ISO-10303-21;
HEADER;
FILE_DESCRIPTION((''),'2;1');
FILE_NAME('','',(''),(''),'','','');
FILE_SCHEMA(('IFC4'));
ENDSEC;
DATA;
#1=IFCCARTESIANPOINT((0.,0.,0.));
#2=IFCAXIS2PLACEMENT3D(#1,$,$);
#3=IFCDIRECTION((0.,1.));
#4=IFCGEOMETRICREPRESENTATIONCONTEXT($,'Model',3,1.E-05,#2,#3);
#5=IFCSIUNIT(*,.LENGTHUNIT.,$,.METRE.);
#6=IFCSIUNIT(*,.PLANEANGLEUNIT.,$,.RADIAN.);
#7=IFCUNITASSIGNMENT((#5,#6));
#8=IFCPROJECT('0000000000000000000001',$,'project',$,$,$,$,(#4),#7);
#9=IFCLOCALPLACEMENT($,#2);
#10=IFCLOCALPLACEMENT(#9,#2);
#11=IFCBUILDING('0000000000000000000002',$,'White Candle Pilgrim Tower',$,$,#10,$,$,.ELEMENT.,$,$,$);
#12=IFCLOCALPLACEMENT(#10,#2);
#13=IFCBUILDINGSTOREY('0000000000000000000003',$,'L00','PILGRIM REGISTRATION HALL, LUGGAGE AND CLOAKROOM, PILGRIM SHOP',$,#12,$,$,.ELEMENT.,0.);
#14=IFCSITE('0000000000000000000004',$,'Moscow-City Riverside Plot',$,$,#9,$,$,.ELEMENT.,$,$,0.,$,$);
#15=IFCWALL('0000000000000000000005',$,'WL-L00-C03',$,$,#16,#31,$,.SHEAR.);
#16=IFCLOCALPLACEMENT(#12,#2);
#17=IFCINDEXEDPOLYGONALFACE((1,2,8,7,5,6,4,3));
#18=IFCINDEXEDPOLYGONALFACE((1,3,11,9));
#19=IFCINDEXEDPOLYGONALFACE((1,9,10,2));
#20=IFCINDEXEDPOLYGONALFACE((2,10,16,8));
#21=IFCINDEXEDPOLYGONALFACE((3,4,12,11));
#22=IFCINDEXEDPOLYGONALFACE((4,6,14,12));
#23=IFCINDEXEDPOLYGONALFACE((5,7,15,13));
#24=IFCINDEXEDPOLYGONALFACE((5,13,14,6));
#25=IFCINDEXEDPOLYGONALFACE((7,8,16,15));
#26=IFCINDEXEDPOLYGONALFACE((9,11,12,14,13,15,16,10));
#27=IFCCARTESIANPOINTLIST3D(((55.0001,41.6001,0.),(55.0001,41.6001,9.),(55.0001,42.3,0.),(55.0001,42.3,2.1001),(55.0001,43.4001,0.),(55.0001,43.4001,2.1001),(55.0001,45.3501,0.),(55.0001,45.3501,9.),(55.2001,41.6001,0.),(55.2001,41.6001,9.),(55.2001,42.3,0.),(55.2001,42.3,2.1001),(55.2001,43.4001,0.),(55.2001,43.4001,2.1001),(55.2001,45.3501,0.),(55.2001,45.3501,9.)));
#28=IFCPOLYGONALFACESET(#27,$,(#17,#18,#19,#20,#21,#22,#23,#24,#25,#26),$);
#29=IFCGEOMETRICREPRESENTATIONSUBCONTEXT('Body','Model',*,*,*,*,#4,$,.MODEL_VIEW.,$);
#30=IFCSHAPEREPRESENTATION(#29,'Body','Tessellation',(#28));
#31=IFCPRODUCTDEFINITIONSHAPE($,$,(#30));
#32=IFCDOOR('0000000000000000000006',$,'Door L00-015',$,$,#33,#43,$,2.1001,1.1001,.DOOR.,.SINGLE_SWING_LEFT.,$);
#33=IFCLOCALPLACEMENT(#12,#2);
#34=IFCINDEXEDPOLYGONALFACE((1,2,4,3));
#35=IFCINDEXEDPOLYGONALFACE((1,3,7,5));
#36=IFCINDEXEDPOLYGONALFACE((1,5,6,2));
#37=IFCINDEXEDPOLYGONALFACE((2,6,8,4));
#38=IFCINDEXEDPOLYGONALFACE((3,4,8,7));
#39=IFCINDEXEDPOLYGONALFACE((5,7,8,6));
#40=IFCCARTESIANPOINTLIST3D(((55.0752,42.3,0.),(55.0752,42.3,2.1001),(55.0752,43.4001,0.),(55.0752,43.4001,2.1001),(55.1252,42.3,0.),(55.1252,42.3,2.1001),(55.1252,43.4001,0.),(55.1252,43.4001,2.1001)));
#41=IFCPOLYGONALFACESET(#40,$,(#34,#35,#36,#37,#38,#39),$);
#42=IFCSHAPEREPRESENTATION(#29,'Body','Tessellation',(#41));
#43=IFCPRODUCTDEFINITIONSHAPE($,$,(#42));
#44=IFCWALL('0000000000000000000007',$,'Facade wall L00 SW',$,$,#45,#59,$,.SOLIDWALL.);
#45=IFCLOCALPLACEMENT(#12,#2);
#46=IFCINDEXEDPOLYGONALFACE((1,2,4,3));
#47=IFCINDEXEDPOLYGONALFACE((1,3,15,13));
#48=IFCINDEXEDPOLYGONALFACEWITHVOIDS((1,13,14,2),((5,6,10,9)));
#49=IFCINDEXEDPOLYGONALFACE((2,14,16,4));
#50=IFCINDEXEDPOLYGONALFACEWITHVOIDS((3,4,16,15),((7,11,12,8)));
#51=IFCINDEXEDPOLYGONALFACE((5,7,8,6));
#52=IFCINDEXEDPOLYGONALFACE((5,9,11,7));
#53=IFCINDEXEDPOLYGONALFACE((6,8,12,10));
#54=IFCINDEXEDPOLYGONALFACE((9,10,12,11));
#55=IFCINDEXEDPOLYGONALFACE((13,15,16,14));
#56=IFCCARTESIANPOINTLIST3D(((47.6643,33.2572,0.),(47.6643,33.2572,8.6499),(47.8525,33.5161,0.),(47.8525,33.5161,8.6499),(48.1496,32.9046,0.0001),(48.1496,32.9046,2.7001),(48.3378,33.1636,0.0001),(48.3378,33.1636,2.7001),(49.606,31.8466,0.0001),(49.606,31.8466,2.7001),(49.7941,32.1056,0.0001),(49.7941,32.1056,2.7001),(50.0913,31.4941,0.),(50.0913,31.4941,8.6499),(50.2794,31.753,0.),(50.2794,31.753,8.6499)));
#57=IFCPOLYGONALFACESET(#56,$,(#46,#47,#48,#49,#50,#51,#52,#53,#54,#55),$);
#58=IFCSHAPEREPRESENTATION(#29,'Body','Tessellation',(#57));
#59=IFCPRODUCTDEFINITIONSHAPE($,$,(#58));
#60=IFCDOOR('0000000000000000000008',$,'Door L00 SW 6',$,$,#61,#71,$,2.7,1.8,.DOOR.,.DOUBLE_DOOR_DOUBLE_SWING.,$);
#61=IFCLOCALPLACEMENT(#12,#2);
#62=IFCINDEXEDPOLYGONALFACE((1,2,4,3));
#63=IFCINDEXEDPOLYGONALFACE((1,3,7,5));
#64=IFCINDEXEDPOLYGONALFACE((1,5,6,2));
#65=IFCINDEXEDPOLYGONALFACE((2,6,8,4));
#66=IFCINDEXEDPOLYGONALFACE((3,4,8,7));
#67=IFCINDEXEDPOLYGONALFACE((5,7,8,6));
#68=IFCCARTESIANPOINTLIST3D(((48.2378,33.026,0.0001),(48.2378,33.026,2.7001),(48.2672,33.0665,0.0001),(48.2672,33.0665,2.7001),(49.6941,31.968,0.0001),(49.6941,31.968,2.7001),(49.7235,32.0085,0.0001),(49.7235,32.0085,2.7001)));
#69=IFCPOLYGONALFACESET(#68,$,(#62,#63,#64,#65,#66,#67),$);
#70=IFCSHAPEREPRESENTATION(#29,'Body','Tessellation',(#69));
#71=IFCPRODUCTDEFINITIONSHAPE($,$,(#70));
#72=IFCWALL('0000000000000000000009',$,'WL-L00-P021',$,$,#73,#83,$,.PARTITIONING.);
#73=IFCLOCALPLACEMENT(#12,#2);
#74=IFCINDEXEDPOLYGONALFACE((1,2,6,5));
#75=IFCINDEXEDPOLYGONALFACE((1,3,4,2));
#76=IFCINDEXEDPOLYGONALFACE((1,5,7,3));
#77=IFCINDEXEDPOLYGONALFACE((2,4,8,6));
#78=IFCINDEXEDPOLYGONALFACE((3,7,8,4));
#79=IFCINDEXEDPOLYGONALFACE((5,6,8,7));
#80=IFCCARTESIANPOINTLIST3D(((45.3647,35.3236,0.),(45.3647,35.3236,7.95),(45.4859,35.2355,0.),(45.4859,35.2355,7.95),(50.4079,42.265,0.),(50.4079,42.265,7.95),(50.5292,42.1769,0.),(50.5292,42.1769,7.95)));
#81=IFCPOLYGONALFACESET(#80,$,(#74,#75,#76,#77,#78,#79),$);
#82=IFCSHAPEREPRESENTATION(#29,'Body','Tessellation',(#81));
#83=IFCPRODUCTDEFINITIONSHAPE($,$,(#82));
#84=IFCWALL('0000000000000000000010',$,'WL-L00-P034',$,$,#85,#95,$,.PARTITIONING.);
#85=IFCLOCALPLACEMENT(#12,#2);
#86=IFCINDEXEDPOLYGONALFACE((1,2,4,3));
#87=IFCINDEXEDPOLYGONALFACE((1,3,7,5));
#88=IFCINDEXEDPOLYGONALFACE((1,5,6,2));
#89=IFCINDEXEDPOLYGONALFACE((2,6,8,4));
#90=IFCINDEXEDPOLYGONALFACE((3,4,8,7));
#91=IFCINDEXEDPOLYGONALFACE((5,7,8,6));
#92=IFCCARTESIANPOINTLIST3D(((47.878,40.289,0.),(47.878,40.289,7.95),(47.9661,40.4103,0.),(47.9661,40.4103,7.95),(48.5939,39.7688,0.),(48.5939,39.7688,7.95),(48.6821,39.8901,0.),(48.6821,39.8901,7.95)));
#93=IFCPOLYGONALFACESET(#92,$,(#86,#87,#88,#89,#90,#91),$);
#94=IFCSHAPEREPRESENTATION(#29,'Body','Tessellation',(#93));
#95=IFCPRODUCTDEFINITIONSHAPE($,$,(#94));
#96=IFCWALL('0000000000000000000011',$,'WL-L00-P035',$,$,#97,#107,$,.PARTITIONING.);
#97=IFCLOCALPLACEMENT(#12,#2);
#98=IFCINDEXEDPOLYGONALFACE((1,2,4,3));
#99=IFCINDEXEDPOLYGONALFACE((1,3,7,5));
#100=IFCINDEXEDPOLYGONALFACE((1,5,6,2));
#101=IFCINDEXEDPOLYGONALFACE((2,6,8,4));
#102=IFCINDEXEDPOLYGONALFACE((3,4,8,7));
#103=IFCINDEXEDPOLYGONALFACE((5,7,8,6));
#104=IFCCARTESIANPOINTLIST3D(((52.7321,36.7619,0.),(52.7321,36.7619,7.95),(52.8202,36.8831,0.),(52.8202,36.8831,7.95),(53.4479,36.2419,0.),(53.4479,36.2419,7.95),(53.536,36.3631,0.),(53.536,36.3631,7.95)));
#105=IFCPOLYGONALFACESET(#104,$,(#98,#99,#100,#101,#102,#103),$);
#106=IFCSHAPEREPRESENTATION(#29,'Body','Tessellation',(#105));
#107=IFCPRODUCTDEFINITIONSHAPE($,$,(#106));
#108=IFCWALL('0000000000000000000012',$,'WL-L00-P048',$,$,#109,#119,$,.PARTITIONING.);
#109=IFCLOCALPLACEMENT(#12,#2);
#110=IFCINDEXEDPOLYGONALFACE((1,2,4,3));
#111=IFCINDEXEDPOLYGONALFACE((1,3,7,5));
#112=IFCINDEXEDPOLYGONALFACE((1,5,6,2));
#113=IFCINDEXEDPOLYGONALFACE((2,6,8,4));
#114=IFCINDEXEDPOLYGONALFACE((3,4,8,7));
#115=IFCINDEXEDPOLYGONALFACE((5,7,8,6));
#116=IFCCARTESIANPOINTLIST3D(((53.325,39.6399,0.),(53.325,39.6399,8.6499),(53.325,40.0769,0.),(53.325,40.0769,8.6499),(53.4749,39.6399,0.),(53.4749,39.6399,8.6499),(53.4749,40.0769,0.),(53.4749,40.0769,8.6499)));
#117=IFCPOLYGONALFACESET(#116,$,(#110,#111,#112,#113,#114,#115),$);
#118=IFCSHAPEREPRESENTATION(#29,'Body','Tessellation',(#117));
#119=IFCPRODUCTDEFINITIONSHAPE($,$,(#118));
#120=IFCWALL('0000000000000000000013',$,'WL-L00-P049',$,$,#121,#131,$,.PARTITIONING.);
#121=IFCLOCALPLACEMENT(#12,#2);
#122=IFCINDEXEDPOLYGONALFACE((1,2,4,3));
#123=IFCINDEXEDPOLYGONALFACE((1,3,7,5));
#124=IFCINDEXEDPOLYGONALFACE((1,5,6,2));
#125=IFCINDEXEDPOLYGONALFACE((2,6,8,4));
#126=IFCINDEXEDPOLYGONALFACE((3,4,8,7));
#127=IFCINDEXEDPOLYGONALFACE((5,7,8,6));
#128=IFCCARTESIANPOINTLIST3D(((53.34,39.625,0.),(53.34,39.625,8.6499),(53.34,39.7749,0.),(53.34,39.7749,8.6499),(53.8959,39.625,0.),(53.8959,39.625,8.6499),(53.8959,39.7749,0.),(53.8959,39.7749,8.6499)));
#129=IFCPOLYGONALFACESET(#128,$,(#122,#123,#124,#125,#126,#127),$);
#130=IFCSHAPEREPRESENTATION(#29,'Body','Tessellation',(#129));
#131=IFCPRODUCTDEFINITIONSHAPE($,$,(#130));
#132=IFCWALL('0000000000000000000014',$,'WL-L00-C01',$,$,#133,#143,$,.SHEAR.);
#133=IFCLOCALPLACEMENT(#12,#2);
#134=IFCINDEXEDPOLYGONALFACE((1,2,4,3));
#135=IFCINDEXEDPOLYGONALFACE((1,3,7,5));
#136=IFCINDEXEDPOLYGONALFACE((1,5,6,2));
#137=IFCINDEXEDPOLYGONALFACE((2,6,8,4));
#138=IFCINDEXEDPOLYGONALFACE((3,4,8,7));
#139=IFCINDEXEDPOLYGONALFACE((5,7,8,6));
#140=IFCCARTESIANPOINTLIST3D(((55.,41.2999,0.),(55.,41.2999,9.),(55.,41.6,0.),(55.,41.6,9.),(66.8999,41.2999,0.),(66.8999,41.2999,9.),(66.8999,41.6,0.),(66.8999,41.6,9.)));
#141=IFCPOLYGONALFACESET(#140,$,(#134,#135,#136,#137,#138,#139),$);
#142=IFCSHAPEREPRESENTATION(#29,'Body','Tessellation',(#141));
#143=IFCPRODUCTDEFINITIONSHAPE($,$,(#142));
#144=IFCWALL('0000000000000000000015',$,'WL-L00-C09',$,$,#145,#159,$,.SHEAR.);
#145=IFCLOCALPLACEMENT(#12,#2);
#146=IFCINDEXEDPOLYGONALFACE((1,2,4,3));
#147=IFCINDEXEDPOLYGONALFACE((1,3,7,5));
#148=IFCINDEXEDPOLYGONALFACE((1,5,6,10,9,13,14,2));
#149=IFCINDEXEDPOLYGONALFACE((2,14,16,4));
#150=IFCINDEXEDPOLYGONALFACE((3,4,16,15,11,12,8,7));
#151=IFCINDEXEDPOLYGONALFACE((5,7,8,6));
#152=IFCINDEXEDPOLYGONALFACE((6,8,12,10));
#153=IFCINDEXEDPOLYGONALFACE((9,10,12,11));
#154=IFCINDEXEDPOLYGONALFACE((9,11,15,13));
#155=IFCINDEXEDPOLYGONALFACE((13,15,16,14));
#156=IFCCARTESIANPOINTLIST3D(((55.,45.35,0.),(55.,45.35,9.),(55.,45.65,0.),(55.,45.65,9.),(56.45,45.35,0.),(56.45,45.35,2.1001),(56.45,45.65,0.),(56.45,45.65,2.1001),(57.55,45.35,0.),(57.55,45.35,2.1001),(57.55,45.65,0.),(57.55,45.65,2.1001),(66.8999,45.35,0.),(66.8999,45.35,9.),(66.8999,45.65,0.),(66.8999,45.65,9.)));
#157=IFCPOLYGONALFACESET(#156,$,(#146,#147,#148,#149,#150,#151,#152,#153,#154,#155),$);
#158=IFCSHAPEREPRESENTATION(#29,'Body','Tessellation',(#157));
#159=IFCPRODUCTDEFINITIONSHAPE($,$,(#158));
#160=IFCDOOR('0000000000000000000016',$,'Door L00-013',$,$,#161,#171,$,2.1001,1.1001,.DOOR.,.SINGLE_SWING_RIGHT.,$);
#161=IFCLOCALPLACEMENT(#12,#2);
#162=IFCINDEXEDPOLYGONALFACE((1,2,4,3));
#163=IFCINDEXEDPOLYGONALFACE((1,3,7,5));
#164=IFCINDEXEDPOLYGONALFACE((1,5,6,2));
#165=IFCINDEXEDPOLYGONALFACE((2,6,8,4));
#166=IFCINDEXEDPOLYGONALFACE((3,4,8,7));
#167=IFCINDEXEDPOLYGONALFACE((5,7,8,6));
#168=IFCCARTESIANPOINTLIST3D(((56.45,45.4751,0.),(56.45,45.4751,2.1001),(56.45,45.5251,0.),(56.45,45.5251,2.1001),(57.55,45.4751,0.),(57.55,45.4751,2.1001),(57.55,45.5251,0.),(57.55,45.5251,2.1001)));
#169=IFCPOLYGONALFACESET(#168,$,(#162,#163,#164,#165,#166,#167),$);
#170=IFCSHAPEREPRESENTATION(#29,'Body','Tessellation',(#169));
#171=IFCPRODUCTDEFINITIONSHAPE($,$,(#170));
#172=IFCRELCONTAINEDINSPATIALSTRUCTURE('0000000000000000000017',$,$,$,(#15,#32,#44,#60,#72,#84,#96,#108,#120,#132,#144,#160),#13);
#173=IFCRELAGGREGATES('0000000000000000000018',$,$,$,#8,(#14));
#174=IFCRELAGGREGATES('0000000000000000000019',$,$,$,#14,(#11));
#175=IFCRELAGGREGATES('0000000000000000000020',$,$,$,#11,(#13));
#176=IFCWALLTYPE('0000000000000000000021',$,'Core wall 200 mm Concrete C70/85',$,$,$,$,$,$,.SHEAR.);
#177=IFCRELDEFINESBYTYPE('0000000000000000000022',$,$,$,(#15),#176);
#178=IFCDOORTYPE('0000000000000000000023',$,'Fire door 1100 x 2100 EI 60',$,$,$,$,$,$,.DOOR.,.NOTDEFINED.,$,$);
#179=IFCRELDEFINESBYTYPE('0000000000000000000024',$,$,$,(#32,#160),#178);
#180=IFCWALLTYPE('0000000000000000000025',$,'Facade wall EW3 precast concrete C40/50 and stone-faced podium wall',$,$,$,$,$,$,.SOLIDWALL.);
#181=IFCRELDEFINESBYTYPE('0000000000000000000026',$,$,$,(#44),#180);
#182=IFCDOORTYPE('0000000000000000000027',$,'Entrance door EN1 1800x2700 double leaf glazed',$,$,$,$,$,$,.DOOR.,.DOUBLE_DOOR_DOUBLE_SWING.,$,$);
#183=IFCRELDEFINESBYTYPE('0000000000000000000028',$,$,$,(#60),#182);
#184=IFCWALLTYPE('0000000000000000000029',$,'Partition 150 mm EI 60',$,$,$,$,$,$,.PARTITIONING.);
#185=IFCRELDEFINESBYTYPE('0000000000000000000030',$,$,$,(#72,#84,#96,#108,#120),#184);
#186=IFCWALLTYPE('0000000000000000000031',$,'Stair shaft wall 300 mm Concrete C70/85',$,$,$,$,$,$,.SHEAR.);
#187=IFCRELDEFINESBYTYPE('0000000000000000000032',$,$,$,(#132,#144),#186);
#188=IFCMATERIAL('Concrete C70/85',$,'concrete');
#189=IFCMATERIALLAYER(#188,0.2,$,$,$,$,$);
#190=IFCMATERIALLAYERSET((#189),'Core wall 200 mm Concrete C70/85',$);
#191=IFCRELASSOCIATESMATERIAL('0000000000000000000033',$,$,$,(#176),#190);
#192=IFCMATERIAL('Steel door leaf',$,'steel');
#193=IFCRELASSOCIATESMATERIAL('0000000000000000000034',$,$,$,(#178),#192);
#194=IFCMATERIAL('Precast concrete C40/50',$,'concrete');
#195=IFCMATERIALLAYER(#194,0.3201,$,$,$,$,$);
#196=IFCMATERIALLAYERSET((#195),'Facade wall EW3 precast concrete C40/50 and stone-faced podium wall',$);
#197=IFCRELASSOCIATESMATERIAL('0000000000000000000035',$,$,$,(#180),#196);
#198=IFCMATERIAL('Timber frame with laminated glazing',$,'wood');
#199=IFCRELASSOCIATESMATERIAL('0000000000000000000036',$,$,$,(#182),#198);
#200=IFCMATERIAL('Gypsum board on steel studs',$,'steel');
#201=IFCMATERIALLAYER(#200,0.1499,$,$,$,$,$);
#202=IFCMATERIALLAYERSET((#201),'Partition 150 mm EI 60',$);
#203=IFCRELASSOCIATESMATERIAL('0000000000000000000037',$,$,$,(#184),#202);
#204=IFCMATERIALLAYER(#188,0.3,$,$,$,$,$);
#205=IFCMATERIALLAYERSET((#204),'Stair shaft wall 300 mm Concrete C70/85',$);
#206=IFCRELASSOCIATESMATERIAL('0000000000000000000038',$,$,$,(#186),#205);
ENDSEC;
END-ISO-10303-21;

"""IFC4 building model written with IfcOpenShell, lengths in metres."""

from ifc_helpers import new_model, si_unit, direction, frame, frame_2d, origin, place, context, subcontext, project, spatial, rectangle, extrude, material, layer, layer_set, type_object, element, fill, save


model = new_model("IFC4")

# Units and contexts
model_context = context("Model", 3, precision=1e-05, world=origin(), true_north=direction((0.0, 1.0)))
body_context = subcontext(model_context, "Body", "Model", "MODEL_VIEW")
ifc_project = project(units=[si_unit("LENGTHUNIT", "METRE"), si_unit("PLANEANGLEUNIT", "RADIAN")], contexts=[model_context])

# Site, building, storey
site_placement = place(None, origin())
site = spatial("IfcSite", under=ifc_project, at=site_placement, Name="Moscow-City Riverside Plot", CompositionType="ELEMENT", RefElevation=0.0)
building_placement = place(site_placement, origin())
building = spatial("IfcBuilding", under=site, at=building_placement, Name="White Candle Pilgrim Tower", CompositionType="ELEMENT")
storey_placement = place(building_placement, origin())
storey = spatial("IfcBuildingStorey", under=building, at=storey_placement, Name="L00", Description="PILGRIM REGISTRATION HALL, LUGGAGE AND CLOAKROOM, PILGRIM SHOP", CompositionType="ELEMENT", Elevation=0.0)

# Walls, openings, doors
ifc_material_1 = material(Name="Concrete C70/85", Category="concrete")
ifc_layer_1 = layer(ifc_material_1, 0.2)
ifc_layer_set_1 = layer_set([ifc_layer_1], Name="Core wall 200 mm Concrete C70/85")
wall_type_1 = type_object("IfcWallType", Name="Core wall 200 mm Concrete C70/85", PredefinedType="SHEAR", material=ifc_layer_set_1)
wall_1_placement = place(storey_placement, frame((55.1001, 41.6001, 0.0), z_axis=(0.0, 0.0, 1.0), x_axis=(0.0, 1.0, 0.0)))
wall_1 = element("IfcWall", 1, at=wall_1_placement, inside=storey, type_object=wall_type_1, Name="WL-L00-C03", PredefinedType="SHEAR", context=body_context, shape_type="SweptSolid", body=[
    extrude(rectangle(XDim=3.75, YDim=0.2, at=frame_2d((1.875, 0.0))), origin(), (0.0, 0.0, 1.0), 9.0),
])
opening_1_placement = place(wall_1_placement, frame((0.7, 0.0, 0.0)))
opening_1 = element("IfcOpeningElement", 2, at=opening_1_placement, cuts=wall_1, PredefinedType="OPENING", context=body_context, shape_type="SweptSolid", body=[
    extrude(rectangle(XDim=1.1001, YDim=2.1001, at=frame_2d((0.55, 1.05))), frame((0.0, 0.1099, 0.0), z_axis=(0.0, -1.0, 0.0), x_axis=(1.0, 0.0, 0.0)), (0.0, 0.0, 1.0), 0.22),
])
ifc_material_2 = material(Name="Steel door leaf", Category="steel")
door_type_1 = type_object("IfcDoorType", Name="Fire door 1100 x 2100 EI 60", OperationType="NOTDEFINED", PredefinedType="DOOR", material=ifc_material_2)
door_1_placement = place(opening_1_placement, origin())
door_1 = element("IfcDoor", 3, at=door_1_placement, inside=storey, type_object=door_type_1, Name="Door L00-015", OperationType="SINGLE_SWING_LEFT", OverallHeight=2.1001, OverallWidth=1.1001, PredefinedType="DOOR", context=body_context, shape_type="SweptSolid", body=[
    extrude(rectangle(XDim=1.1001, YDim=2.1001, at=frame_2d((0.55, 1.05))), frame((0.0, 0.0249, 0.0), z_axis=(0.0, -1.0, 0.0), x_axis=(1.0, 0.0, 0.0)), (0.0, 0.0, 1.0), 0.05),
])
fill(opening_1, door_1)
ifc_material_3 = material(Name="Precast concrete C40/50", Category="concrete")
ifc_layer_2 = layer(ifc_material_3, 0.3201)
ifc_layer_set_2 = layer_set([ifc_layer_2], Name="Facade wall EW3 precast concrete C40/50 and stone-faced podium wall")
wall_type_2 = type_object("IfcWallType", Name="Facade wall EW3 precast concrete C40/50 and stone-faced podium wall", PredefinedType="SOLIDWALL", material=ifc_layer_set_2)
wall_2_placement = place(storey_placement, frame((47.7583, 33.3867, 0.0), z_axis=(0.0, 0.0, 1.0), x_axis=(0.809039, -0.587755, 0.0)))
wall_2 = element("IfcWall", 4, at=wall_2_placement, inside=storey, type_object=wall_type_2, Name="Facade wall L00 SW", PredefinedType="SOLIDWALL", context=body_context, shape_type="SweptSolid", body=[
    extrude(rectangle(XDim=2.9998, YDim=0.3201, at=frame_2d((1.5, 0.0))), origin(), (0.0, 0.0, 1.0), 8.6499),
])
opening_2_placement = place(wall_2_placement, frame((0.6001, 0.0, 0.0)))
opening_2 = element("IfcOpeningElement", 5, at=opening_2_placement, cuts=wall_2, PredefinedType="OPENING", context=body_context, shape_type="SweptSolid", body=[
    extrude(rectangle(XDim=1.8, YDim=2.7, at=frame_2d((0.8999, 1.3501))), frame((0.0, 0.1699, 0.0), z_axis=(0.0, -1.0, 0.0), x_axis=(1.0, 0.0, 0.0)), (0.0, 0.0, 1.0), 0.3401),
])
ifc_material_4 = material(Name="Timber frame with laminated glazing", Category="wood")
door_type_2 = type_object("IfcDoorType", Name="Entrance door EN1 1800x2700 double leaf glazed", OperationType="DOUBLE_DOOR_DOUBLE_SWING", PredefinedType="DOOR", material=ifc_material_4)
door_2_placement = place(opening_2_placement, origin())
door_2 = element("IfcDoor", 6, at=door_2_placement, inside=storey, type_object=door_type_2, Name="Door L00 SW 6", OperationType="DOUBLE_DOOR_DOUBLE_SWING", OverallHeight=2.7, OverallWidth=1.8, PredefinedType="DOOR", context=body_context, shape_type="SweptSolid", body=[
    extrude(rectangle(XDim=1.8, YDim=2.7, at=frame_2d((0.8999, 1.3501))), frame((0.0, 0.04, 0.0), z_axis=(0.0, -1.0, 0.0), x_axis=(1.0, 0.0, 0.0)), (0.0, 0.0, 1.0), 0.05),
])
fill(opening_2, door_2)

# Walls
ifc_material_5 = material(Name="Gypsum board on steel studs", Category="steel")
ifc_layer_3 = layer(ifc_material_5, 0.1499)
ifc_layer_set_3 = layer_set([ifc_layer_3], Name="Partition 150 mm EI 60")
wall_type_3 = type_object("IfcWallType", Name="Partition 150 mm EI 60", PredefinedType="PARTITIONING", material=ifc_layer_set_3)
wall_3_placement = place(storey_placement, frame((45.4253, 35.2795, 0.0), z_axis=(0.0, 0.0, 1.0), x_axis=(0.587784, 0.809018, 0.0)))
element("IfcWall", 7, at=wall_3_placement, inside=storey, type_object=wall_type_3, Name="WL-L00-P021", PredefinedType="PARTITIONING", context=body_context, shape_type="SweptSolid", body=[
    extrude(rectangle(XDim=8.5801, YDim=0.1499, at=frame_2d((4.29, 0.0))), origin(), (0.0, 0.0, 1.0), 7.95),
])
wall_4_placement = place(storey_placement, frame((47.9221, 40.3496, 0.0), z_axis=(0.0, 0.0, 1.0), x_axis=(0.80901, -0.587794, 0.0)))
element("IfcWall", 8, at=wall_4_placement, inside=storey, type_object=wall_type_3, Name="WL-L00-P034", PredefinedType="PARTITIONING", context=body_context, shape_type="SweptSolid", body=[
    extrude(rectangle(XDim=0.885, YDim=0.1499, at=frame_2d((0.4424, 0.0))), origin(), (0.0, 0.0, 1.0), 7.95),
])
wall_5_placement = place(storey_placement, frame((52.7761, 36.8225, 0.0), z_axis=(0.0, 0.0, 1.0), x_axis=(0.809046, -0.587745, 0.0)))
element("IfcWall", 9, at=wall_5_placement, inside=storey, type_object=wall_type_3, Name="WL-L00-P035", PredefinedType="PARTITIONING", context=body_context, shape_type="SweptSolid", body=[
    extrude(rectangle(XDim=0.8848, YDim=0.1499, at=frame_2d((0.4424, 0.0))), origin(), (0.0, 0.0, 1.0), 7.95),
])
wall_6_placement = place(storey_placement, frame((53.3999, 40.0769, 0.0), z_axis=(0.0, 0.0, 1.0), x_axis=(0.0, -1.0, 0.0)))
element("IfcWall", 10, at=wall_6_placement, inside=storey, type_object=wall_type_3, Name="WL-L00-P048", PredefinedType="PARTITIONING", context=body_context, shape_type="SweptSolid", body=[
    extrude(rectangle(XDim=0.437, YDim=0.1499, at=frame_2d((0.2185, 0.0))), origin(), (0.0, 0.0, 1.0), 8.6499),
])
wall_7_placement = place(storey_placement, frame((53.3401, 39.7, 0.0), z_axis=(0.0, 0.0, 1.0), x_axis=(1.0, 0.0, 0.0)))
element("IfcWall", 11, at=wall_7_placement, inside=storey, type_object=wall_type_3, Name="WL-L00-P049", PredefinedType="PARTITIONING", context=body_context, shape_type="SweptSolid", body=[
    extrude(rectangle(XDim=0.5559, YDim=0.1499, at=frame_2d((0.2778, 0.0))), origin(), (0.0, 0.0, 1.0), 8.6499),
])
ifc_layer_4 = layer(ifc_material_1, 0.3)
ifc_layer_set_4 = layer_set([ifc_layer_4], Name="Stair shaft wall 300 mm Concrete C70/85")
wall_type_4 = type_object("IfcWallType", Name="Stair shaft wall 300 mm Concrete C70/85", PredefinedType="SHEAR", material=ifc_layer_set_4)
wall_8_placement = place(storey_placement, frame((55.0, 41.45, 0.0), z_axis=(0.0, 0.0, 1.0), x_axis=(1.0, 0.0, 0.0)))
element("IfcWall", 12, at=wall_8_placement, inside=storey, type_object=wall_type_4, Name="WL-L00-C01", PredefinedType="SHEAR", context=body_context, shape_type="SweptSolid", body=[
    extrude(rectangle(XDim=11.8999, YDim=0.3, at=frame_2d((5.95, 0.0))), origin(), (0.0, 0.0, 1.0), 9.0),
])

# Wall, opening, door
wall_9_placement = place(storey_placement, frame((55.0, 45.5, 0.0), z_axis=(0.0, 0.0, 1.0), x_axis=(1.0, 0.0, 0.0)))
wall_9 = element("IfcWall", 13, at=wall_9_placement, inside=storey, type_object=wall_type_4, Name="WL-L00-C09", PredefinedType="SHEAR", context=body_context, shape_type="SweptSolid", body=[
    extrude(rectangle(XDim=11.8999, YDim=0.3, at=frame_2d((5.95, 0.0))), origin(), (0.0, 0.0, 1.0), 9.0),
])
opening_3_placement = place(wall_9_placement, frame((1.45, 0.0, 0.0)))
opening_3 = element("IfcOpeningElement", 14, at=opening_3_placement, cuts=wall_9, PredefinedType="OPENING", context=body_context, shape_type="SweptSolid", body=[
    extrude(rectangle(XDim=1.1001, YDim=2.1001, at=frame_2d((0.55, 1.05))), frame((0.0, 0.1599, 0.0), z_axis=(0.0, -1.0, 0.0), x_axis=(1.0, 0.0, 0.0)), (0.0, 0.0, 1.0), 0.3201),
])
door_3_placement = place(opening_3_placement, frame((1.1001, 0.0, 0.0), z_axis=(0.0, 0.0, 1.0), x_axis=(-1.0, 0.0, 0.0)))
door_3 = element("IfcDoor", 15, at=door_3_placement, inside=storey, type_object=door_type_1, Name="Door L00-013", OperationType="SINGLE_SWING_RIGHT", OverallHeight=2.1001, OverallWidth=1.1001, PredefinedType="DOOR", context=body_context, shape_type="SweptSolid", body=[
    extrude(rectangle(XDim=1.1001, YDim=2.1001, at=frame_2d((0.55, 1.05))), frame((0.0, 0.0249, 0.0), z_axis=(0.0, -1.0, 0.0), x_axis=(1.0, 0.0, 0.0)), (0.0, 0.0, 1.0), 0.05),
])
fill(opening_3, door_3)

save(model, "model.ifc")
